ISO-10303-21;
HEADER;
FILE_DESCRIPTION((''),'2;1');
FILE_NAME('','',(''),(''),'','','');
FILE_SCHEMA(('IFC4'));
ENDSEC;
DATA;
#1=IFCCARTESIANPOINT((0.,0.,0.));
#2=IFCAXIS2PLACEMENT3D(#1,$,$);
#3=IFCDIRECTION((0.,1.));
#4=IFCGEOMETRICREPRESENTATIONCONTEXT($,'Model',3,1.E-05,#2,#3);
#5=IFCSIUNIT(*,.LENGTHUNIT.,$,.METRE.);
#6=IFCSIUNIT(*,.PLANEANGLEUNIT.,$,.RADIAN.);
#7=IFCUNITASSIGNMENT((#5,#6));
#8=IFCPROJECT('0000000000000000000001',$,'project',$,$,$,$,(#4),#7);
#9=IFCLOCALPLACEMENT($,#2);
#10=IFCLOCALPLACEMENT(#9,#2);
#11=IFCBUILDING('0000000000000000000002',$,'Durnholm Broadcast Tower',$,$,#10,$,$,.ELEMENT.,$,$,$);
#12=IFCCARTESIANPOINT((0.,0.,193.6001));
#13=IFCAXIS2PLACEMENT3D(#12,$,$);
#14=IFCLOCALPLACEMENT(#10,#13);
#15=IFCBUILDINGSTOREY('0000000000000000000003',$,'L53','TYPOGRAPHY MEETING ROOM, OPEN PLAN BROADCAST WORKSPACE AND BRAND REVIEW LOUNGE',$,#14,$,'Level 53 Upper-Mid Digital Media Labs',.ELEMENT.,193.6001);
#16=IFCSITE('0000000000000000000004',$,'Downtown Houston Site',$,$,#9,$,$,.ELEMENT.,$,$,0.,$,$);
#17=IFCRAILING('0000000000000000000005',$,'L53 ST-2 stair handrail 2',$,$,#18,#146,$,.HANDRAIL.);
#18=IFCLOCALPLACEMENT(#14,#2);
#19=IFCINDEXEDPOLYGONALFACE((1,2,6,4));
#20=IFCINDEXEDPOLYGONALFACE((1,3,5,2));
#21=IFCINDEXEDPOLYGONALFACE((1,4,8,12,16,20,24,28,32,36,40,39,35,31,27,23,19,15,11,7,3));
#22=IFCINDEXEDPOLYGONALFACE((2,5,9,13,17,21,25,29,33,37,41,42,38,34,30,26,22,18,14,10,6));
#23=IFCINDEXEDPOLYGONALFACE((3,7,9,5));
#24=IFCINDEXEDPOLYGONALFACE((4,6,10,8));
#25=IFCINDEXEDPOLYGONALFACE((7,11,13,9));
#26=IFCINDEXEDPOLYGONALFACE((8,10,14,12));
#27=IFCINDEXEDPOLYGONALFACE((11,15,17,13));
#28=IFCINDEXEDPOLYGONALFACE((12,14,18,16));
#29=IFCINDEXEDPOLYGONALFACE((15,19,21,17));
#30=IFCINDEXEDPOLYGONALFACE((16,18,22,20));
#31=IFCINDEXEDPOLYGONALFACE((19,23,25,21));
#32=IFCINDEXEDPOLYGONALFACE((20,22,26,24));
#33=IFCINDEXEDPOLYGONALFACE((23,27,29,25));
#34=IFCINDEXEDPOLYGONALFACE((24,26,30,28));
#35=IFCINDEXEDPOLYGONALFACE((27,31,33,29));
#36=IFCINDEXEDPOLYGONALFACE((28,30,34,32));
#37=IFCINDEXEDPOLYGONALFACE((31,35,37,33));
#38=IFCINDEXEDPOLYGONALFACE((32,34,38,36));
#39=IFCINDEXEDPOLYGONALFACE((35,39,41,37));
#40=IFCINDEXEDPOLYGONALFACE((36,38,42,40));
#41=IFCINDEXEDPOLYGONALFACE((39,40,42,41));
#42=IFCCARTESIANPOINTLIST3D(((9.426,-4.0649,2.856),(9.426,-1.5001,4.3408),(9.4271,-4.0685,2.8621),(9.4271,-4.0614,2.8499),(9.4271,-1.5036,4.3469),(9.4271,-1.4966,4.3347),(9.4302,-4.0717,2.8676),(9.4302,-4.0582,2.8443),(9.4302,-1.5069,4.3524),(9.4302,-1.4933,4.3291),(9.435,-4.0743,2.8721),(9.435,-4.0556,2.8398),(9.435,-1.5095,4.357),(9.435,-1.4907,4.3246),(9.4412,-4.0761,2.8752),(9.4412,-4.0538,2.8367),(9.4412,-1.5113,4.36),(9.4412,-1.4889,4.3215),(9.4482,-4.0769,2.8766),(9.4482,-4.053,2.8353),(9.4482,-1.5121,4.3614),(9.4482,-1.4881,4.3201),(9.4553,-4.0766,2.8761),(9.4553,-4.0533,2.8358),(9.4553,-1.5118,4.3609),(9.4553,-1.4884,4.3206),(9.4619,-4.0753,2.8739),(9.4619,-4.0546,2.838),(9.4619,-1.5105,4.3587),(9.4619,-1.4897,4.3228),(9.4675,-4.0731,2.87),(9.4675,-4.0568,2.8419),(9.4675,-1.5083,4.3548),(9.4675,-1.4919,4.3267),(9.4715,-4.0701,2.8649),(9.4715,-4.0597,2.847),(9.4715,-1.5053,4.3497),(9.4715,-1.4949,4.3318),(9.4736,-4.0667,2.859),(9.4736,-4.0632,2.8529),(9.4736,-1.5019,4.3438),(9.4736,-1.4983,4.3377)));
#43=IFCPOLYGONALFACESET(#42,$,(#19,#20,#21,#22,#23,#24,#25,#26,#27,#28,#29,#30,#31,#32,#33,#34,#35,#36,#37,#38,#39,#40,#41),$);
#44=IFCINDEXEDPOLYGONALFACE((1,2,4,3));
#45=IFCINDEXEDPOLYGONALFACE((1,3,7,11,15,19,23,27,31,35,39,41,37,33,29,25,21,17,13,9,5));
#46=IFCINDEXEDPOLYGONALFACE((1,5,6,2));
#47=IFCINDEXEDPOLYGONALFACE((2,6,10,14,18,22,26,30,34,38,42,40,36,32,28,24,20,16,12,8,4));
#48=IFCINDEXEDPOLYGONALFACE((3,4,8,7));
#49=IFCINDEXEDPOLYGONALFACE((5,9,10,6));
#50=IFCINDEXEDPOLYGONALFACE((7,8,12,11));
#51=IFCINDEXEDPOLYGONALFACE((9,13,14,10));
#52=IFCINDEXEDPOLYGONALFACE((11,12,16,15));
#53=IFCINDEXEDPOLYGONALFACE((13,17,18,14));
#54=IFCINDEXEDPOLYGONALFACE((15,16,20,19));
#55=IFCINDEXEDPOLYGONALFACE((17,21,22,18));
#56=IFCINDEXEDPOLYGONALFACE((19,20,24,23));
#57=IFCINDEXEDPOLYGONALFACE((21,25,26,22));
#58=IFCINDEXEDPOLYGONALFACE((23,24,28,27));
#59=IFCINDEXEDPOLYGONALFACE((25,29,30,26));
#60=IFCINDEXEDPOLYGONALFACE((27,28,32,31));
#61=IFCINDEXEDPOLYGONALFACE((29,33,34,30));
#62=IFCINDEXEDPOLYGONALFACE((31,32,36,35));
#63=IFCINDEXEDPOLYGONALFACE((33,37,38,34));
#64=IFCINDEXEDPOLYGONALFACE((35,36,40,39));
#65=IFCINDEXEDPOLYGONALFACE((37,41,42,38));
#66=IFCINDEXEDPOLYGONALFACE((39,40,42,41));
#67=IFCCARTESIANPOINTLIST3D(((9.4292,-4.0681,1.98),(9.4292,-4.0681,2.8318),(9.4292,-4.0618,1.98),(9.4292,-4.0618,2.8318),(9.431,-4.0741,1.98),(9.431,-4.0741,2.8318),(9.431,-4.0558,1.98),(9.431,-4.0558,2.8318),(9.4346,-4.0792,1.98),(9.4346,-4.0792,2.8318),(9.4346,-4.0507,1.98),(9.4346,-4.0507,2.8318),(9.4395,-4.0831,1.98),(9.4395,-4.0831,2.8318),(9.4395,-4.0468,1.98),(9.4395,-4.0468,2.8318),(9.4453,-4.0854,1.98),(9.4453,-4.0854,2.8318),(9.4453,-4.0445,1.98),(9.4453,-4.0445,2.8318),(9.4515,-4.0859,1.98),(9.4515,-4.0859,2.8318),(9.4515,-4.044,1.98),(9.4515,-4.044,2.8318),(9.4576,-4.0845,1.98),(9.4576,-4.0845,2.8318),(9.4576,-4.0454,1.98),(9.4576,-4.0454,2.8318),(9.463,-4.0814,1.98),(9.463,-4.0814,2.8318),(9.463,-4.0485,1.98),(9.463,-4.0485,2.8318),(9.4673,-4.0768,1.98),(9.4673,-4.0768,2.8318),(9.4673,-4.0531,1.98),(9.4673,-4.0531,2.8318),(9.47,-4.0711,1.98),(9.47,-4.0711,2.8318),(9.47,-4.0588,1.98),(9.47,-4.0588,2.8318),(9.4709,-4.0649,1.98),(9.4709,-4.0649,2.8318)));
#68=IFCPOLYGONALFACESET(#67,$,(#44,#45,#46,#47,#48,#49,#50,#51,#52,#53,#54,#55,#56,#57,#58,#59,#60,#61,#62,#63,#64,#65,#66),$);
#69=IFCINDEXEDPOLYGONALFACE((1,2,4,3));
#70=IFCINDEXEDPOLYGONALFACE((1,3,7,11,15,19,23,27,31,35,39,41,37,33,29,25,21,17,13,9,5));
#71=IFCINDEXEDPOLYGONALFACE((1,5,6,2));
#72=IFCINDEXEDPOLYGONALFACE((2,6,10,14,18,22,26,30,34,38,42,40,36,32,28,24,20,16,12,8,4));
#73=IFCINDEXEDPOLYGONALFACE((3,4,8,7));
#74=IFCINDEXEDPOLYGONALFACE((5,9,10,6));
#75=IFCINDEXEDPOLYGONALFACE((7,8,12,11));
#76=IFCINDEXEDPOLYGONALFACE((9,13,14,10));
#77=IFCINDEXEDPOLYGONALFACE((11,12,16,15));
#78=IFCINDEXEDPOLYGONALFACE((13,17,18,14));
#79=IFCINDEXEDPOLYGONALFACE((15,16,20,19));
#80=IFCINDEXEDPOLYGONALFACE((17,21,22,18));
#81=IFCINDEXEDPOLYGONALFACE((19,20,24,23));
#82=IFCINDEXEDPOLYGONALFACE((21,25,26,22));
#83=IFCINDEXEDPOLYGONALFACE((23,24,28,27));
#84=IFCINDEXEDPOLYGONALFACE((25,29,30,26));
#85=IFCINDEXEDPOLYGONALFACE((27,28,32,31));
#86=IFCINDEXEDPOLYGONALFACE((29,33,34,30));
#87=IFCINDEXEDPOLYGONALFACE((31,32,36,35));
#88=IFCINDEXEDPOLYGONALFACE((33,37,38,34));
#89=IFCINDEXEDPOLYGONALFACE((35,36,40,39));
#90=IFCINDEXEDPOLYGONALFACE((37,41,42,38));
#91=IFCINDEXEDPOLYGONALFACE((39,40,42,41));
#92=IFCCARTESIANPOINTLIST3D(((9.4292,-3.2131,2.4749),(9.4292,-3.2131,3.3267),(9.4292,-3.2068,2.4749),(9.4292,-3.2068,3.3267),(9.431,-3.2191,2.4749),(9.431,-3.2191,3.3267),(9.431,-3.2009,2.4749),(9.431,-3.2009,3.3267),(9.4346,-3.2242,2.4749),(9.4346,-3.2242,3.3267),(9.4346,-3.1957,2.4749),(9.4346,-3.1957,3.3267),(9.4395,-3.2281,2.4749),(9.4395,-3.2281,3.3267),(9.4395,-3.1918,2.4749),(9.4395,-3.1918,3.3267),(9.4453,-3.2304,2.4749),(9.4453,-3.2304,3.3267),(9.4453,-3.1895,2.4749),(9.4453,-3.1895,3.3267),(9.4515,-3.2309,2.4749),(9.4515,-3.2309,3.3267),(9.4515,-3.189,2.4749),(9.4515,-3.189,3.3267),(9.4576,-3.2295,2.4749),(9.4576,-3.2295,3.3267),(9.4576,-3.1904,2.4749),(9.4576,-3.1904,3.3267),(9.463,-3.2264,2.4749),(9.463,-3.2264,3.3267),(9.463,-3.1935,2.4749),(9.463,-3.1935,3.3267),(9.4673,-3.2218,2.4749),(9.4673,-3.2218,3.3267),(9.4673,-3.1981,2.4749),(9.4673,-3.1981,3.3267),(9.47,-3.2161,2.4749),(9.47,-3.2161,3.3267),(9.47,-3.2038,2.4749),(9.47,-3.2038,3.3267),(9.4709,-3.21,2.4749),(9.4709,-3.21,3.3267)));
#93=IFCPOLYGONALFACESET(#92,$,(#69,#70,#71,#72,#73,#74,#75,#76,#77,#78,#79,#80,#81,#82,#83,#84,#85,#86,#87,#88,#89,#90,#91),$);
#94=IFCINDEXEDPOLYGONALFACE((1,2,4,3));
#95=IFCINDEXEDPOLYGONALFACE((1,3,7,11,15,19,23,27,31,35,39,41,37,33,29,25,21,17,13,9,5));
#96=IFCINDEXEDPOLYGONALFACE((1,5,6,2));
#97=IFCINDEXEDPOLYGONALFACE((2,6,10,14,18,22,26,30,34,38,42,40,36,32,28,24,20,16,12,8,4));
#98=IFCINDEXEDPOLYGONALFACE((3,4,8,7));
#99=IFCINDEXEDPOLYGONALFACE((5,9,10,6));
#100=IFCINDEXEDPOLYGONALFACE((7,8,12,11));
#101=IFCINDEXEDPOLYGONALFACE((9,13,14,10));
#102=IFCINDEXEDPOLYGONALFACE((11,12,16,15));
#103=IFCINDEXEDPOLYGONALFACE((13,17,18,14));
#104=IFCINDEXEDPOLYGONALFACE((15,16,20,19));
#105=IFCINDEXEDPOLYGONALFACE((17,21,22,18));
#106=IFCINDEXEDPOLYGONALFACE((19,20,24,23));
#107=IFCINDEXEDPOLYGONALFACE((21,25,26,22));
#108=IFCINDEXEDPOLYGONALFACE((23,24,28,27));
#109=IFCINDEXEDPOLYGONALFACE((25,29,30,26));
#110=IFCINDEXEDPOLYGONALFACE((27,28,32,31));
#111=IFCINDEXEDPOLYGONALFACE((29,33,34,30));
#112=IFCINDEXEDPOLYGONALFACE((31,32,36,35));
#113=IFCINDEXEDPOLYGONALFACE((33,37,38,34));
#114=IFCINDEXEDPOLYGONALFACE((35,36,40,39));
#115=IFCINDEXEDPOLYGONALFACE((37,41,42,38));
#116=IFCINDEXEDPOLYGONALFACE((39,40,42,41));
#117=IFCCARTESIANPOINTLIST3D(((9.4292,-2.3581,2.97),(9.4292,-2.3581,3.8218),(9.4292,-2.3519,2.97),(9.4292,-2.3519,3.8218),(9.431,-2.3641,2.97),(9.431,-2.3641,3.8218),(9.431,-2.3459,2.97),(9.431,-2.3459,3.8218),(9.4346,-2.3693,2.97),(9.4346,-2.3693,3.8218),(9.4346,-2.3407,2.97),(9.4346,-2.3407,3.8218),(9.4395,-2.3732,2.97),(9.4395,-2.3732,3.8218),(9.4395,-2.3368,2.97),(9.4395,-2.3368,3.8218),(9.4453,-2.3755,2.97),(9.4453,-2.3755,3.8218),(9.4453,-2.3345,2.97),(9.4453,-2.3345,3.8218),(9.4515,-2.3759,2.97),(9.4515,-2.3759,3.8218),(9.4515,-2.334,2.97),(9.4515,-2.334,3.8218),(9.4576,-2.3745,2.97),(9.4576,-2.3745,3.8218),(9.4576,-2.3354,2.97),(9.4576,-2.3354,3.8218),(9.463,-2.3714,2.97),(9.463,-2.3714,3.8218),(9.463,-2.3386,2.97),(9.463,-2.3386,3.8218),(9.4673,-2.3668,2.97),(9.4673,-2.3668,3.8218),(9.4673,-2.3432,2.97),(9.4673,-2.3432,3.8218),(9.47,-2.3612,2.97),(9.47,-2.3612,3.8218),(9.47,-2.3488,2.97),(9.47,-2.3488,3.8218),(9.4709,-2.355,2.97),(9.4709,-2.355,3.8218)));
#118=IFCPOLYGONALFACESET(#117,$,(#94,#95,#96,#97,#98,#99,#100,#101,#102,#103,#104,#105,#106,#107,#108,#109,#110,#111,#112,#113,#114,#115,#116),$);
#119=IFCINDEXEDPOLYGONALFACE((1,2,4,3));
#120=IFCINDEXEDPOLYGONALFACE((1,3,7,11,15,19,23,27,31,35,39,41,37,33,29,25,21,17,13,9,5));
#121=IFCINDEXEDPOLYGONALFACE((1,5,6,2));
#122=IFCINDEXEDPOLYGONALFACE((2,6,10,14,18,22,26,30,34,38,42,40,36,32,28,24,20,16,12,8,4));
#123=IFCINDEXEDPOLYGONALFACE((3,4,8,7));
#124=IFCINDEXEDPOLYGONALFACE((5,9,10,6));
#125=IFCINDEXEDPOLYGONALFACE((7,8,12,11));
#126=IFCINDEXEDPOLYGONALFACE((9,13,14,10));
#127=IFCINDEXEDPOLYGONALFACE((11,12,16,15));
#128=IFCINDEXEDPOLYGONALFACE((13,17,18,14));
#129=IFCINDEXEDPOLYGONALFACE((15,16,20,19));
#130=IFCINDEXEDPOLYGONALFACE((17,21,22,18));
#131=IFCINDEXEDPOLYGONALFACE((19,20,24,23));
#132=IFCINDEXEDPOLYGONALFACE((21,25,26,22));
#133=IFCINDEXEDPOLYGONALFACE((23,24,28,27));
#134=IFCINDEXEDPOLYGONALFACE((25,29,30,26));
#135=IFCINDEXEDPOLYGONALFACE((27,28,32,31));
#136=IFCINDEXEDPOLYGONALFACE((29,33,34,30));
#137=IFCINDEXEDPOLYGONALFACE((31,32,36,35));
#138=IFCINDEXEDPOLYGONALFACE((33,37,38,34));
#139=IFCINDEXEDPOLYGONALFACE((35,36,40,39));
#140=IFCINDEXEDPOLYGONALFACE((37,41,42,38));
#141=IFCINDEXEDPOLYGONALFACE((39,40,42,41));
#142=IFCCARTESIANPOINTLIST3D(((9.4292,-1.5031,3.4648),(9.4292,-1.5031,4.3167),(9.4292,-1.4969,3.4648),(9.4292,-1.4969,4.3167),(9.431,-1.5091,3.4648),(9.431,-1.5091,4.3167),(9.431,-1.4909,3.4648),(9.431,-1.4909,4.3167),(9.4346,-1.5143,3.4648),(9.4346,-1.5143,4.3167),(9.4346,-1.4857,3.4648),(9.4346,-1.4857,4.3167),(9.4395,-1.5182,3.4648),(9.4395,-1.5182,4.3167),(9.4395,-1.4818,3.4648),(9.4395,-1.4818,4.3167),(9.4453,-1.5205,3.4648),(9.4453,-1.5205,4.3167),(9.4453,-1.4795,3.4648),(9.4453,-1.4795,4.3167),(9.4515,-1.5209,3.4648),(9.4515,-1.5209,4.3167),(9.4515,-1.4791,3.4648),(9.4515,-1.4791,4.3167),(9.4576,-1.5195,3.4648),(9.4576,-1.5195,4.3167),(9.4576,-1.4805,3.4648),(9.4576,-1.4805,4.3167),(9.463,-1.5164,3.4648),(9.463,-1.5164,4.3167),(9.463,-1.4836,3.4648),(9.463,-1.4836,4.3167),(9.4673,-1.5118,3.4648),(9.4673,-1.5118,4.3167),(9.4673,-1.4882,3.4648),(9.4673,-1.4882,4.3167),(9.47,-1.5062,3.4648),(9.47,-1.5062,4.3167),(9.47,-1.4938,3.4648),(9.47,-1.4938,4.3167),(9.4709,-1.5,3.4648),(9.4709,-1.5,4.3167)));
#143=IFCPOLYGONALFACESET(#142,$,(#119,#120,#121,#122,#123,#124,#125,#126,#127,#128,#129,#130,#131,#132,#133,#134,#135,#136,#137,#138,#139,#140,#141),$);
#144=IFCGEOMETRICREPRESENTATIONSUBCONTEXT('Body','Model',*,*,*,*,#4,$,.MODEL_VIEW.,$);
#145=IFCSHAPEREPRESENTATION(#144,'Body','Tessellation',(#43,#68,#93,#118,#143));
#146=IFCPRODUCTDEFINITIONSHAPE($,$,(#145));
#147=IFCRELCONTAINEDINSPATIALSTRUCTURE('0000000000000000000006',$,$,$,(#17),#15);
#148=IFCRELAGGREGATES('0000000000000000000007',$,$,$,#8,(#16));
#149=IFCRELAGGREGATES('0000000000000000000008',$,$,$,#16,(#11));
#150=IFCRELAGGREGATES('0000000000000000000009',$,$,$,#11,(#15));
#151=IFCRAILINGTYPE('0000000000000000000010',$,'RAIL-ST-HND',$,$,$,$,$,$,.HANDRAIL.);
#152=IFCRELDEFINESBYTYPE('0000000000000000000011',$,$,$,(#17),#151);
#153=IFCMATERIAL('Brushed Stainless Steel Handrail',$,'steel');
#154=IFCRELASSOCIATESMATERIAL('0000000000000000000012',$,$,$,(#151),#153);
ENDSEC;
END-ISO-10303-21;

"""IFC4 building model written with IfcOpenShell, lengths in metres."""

from ifc_helpers import new_model, si_unit, direction, frame, origin, origin_2d, place, context, subcontext, project, spatial, circle, extrude, material, type_object, element, save


model = new_model("IFC4")

# Units and contexts
model_context = context("Model", 3, precision=1e-05, world=origin(), true_north=direction((0.0, 1.0)))
body_context = subcontext(model_context, "Body", "Model", "MODEL_VIEW")
ifc_project = project(units=[si_unit("LENGTHUNIT", "METRE"), si_unit("PLANEANGLEUNIT", "RADIAN")], contexts=[model_context])

# Site, building, storey
site_placement = place(None, origin())
site = spatial("IfcSite", under=ifc_project, at=site_placement, Name="Downtown Houston Site", CompositionType="ELEMENT", RefElevation=0.0)
building_placement = place(site_placement, origin())
building = spatial("IfcBuilding", under=site, at=building_placement, Name="Durnholm Broadcast Tower", CompositionType="ELEMENT")
storey_placement = place(building_placement, frame((0.0, 0.0, 193.6001)))
storey = spatial("IfcBuildingStorey", under=building, at=storey_placement, Name="L53", Description="TYPOGRAPHY MEETING ROOM, OPEN PLAN BROADCAST WORKSPACE AND BRAND REVIEW LOUNGE", LongName="Level 53 Upper-Mid Digital Media Labs", CompositionType="ELEMENT", Elevation=193.6001)

# Railing
ifc_material_1 = material(Name="Brushed Stainless Steel Handrail", Category="steel")
railing_type_1 = type_object("IfcRailingType", Name="RAIL-ST-HND", PredefinedType="HANDRAIL", material=ifc_material_1)
railing_1_placement = place(storey_placement, frame((9.45, -4.0649, 1.98)))
element("IfcRailing", 1, at=railing_1_placement, inside=storey, type_object=railing_type_1, Name="L53 ST-2 stair handrail 2", PredefinedType="HANDRAIL", context=body_context, shape_type="SweptSolid", body=[
    extrude(circle(Radius=0.0239, at=origin_2d()), frame((0.0, 0.0, 0.876), z_axis=(0.0, 0.865441, 0.50101), x_axis=(-1.0, 0.0, 0.0)), (0.0, 0.0, 1.0), 2.9636),
    extrude(circle(Radius=0.021, at=origin_2d()), origin(), (0.0, 0.0, 1.0), 0.8518),
    extrude(circle(Radius=0.021, at=origin_2d()), frame((0.0, 0.855, 0.4949)), (0.0, 0.0, 1.0), 0.8518),
    extrude(circle(Radius=0.021, at=origin_2d()), frame((0.0, 1.71, 0.99)), (0.0, 0.0, 1.0), 0.8518),
    extrude(circle(Radius=0.021, at=origin_2d()), frame((0.0, 2.5649, 1.4849)), (0.0, 0.0, 1.0), 0.8518),
])

save(model, "model.ifc")
